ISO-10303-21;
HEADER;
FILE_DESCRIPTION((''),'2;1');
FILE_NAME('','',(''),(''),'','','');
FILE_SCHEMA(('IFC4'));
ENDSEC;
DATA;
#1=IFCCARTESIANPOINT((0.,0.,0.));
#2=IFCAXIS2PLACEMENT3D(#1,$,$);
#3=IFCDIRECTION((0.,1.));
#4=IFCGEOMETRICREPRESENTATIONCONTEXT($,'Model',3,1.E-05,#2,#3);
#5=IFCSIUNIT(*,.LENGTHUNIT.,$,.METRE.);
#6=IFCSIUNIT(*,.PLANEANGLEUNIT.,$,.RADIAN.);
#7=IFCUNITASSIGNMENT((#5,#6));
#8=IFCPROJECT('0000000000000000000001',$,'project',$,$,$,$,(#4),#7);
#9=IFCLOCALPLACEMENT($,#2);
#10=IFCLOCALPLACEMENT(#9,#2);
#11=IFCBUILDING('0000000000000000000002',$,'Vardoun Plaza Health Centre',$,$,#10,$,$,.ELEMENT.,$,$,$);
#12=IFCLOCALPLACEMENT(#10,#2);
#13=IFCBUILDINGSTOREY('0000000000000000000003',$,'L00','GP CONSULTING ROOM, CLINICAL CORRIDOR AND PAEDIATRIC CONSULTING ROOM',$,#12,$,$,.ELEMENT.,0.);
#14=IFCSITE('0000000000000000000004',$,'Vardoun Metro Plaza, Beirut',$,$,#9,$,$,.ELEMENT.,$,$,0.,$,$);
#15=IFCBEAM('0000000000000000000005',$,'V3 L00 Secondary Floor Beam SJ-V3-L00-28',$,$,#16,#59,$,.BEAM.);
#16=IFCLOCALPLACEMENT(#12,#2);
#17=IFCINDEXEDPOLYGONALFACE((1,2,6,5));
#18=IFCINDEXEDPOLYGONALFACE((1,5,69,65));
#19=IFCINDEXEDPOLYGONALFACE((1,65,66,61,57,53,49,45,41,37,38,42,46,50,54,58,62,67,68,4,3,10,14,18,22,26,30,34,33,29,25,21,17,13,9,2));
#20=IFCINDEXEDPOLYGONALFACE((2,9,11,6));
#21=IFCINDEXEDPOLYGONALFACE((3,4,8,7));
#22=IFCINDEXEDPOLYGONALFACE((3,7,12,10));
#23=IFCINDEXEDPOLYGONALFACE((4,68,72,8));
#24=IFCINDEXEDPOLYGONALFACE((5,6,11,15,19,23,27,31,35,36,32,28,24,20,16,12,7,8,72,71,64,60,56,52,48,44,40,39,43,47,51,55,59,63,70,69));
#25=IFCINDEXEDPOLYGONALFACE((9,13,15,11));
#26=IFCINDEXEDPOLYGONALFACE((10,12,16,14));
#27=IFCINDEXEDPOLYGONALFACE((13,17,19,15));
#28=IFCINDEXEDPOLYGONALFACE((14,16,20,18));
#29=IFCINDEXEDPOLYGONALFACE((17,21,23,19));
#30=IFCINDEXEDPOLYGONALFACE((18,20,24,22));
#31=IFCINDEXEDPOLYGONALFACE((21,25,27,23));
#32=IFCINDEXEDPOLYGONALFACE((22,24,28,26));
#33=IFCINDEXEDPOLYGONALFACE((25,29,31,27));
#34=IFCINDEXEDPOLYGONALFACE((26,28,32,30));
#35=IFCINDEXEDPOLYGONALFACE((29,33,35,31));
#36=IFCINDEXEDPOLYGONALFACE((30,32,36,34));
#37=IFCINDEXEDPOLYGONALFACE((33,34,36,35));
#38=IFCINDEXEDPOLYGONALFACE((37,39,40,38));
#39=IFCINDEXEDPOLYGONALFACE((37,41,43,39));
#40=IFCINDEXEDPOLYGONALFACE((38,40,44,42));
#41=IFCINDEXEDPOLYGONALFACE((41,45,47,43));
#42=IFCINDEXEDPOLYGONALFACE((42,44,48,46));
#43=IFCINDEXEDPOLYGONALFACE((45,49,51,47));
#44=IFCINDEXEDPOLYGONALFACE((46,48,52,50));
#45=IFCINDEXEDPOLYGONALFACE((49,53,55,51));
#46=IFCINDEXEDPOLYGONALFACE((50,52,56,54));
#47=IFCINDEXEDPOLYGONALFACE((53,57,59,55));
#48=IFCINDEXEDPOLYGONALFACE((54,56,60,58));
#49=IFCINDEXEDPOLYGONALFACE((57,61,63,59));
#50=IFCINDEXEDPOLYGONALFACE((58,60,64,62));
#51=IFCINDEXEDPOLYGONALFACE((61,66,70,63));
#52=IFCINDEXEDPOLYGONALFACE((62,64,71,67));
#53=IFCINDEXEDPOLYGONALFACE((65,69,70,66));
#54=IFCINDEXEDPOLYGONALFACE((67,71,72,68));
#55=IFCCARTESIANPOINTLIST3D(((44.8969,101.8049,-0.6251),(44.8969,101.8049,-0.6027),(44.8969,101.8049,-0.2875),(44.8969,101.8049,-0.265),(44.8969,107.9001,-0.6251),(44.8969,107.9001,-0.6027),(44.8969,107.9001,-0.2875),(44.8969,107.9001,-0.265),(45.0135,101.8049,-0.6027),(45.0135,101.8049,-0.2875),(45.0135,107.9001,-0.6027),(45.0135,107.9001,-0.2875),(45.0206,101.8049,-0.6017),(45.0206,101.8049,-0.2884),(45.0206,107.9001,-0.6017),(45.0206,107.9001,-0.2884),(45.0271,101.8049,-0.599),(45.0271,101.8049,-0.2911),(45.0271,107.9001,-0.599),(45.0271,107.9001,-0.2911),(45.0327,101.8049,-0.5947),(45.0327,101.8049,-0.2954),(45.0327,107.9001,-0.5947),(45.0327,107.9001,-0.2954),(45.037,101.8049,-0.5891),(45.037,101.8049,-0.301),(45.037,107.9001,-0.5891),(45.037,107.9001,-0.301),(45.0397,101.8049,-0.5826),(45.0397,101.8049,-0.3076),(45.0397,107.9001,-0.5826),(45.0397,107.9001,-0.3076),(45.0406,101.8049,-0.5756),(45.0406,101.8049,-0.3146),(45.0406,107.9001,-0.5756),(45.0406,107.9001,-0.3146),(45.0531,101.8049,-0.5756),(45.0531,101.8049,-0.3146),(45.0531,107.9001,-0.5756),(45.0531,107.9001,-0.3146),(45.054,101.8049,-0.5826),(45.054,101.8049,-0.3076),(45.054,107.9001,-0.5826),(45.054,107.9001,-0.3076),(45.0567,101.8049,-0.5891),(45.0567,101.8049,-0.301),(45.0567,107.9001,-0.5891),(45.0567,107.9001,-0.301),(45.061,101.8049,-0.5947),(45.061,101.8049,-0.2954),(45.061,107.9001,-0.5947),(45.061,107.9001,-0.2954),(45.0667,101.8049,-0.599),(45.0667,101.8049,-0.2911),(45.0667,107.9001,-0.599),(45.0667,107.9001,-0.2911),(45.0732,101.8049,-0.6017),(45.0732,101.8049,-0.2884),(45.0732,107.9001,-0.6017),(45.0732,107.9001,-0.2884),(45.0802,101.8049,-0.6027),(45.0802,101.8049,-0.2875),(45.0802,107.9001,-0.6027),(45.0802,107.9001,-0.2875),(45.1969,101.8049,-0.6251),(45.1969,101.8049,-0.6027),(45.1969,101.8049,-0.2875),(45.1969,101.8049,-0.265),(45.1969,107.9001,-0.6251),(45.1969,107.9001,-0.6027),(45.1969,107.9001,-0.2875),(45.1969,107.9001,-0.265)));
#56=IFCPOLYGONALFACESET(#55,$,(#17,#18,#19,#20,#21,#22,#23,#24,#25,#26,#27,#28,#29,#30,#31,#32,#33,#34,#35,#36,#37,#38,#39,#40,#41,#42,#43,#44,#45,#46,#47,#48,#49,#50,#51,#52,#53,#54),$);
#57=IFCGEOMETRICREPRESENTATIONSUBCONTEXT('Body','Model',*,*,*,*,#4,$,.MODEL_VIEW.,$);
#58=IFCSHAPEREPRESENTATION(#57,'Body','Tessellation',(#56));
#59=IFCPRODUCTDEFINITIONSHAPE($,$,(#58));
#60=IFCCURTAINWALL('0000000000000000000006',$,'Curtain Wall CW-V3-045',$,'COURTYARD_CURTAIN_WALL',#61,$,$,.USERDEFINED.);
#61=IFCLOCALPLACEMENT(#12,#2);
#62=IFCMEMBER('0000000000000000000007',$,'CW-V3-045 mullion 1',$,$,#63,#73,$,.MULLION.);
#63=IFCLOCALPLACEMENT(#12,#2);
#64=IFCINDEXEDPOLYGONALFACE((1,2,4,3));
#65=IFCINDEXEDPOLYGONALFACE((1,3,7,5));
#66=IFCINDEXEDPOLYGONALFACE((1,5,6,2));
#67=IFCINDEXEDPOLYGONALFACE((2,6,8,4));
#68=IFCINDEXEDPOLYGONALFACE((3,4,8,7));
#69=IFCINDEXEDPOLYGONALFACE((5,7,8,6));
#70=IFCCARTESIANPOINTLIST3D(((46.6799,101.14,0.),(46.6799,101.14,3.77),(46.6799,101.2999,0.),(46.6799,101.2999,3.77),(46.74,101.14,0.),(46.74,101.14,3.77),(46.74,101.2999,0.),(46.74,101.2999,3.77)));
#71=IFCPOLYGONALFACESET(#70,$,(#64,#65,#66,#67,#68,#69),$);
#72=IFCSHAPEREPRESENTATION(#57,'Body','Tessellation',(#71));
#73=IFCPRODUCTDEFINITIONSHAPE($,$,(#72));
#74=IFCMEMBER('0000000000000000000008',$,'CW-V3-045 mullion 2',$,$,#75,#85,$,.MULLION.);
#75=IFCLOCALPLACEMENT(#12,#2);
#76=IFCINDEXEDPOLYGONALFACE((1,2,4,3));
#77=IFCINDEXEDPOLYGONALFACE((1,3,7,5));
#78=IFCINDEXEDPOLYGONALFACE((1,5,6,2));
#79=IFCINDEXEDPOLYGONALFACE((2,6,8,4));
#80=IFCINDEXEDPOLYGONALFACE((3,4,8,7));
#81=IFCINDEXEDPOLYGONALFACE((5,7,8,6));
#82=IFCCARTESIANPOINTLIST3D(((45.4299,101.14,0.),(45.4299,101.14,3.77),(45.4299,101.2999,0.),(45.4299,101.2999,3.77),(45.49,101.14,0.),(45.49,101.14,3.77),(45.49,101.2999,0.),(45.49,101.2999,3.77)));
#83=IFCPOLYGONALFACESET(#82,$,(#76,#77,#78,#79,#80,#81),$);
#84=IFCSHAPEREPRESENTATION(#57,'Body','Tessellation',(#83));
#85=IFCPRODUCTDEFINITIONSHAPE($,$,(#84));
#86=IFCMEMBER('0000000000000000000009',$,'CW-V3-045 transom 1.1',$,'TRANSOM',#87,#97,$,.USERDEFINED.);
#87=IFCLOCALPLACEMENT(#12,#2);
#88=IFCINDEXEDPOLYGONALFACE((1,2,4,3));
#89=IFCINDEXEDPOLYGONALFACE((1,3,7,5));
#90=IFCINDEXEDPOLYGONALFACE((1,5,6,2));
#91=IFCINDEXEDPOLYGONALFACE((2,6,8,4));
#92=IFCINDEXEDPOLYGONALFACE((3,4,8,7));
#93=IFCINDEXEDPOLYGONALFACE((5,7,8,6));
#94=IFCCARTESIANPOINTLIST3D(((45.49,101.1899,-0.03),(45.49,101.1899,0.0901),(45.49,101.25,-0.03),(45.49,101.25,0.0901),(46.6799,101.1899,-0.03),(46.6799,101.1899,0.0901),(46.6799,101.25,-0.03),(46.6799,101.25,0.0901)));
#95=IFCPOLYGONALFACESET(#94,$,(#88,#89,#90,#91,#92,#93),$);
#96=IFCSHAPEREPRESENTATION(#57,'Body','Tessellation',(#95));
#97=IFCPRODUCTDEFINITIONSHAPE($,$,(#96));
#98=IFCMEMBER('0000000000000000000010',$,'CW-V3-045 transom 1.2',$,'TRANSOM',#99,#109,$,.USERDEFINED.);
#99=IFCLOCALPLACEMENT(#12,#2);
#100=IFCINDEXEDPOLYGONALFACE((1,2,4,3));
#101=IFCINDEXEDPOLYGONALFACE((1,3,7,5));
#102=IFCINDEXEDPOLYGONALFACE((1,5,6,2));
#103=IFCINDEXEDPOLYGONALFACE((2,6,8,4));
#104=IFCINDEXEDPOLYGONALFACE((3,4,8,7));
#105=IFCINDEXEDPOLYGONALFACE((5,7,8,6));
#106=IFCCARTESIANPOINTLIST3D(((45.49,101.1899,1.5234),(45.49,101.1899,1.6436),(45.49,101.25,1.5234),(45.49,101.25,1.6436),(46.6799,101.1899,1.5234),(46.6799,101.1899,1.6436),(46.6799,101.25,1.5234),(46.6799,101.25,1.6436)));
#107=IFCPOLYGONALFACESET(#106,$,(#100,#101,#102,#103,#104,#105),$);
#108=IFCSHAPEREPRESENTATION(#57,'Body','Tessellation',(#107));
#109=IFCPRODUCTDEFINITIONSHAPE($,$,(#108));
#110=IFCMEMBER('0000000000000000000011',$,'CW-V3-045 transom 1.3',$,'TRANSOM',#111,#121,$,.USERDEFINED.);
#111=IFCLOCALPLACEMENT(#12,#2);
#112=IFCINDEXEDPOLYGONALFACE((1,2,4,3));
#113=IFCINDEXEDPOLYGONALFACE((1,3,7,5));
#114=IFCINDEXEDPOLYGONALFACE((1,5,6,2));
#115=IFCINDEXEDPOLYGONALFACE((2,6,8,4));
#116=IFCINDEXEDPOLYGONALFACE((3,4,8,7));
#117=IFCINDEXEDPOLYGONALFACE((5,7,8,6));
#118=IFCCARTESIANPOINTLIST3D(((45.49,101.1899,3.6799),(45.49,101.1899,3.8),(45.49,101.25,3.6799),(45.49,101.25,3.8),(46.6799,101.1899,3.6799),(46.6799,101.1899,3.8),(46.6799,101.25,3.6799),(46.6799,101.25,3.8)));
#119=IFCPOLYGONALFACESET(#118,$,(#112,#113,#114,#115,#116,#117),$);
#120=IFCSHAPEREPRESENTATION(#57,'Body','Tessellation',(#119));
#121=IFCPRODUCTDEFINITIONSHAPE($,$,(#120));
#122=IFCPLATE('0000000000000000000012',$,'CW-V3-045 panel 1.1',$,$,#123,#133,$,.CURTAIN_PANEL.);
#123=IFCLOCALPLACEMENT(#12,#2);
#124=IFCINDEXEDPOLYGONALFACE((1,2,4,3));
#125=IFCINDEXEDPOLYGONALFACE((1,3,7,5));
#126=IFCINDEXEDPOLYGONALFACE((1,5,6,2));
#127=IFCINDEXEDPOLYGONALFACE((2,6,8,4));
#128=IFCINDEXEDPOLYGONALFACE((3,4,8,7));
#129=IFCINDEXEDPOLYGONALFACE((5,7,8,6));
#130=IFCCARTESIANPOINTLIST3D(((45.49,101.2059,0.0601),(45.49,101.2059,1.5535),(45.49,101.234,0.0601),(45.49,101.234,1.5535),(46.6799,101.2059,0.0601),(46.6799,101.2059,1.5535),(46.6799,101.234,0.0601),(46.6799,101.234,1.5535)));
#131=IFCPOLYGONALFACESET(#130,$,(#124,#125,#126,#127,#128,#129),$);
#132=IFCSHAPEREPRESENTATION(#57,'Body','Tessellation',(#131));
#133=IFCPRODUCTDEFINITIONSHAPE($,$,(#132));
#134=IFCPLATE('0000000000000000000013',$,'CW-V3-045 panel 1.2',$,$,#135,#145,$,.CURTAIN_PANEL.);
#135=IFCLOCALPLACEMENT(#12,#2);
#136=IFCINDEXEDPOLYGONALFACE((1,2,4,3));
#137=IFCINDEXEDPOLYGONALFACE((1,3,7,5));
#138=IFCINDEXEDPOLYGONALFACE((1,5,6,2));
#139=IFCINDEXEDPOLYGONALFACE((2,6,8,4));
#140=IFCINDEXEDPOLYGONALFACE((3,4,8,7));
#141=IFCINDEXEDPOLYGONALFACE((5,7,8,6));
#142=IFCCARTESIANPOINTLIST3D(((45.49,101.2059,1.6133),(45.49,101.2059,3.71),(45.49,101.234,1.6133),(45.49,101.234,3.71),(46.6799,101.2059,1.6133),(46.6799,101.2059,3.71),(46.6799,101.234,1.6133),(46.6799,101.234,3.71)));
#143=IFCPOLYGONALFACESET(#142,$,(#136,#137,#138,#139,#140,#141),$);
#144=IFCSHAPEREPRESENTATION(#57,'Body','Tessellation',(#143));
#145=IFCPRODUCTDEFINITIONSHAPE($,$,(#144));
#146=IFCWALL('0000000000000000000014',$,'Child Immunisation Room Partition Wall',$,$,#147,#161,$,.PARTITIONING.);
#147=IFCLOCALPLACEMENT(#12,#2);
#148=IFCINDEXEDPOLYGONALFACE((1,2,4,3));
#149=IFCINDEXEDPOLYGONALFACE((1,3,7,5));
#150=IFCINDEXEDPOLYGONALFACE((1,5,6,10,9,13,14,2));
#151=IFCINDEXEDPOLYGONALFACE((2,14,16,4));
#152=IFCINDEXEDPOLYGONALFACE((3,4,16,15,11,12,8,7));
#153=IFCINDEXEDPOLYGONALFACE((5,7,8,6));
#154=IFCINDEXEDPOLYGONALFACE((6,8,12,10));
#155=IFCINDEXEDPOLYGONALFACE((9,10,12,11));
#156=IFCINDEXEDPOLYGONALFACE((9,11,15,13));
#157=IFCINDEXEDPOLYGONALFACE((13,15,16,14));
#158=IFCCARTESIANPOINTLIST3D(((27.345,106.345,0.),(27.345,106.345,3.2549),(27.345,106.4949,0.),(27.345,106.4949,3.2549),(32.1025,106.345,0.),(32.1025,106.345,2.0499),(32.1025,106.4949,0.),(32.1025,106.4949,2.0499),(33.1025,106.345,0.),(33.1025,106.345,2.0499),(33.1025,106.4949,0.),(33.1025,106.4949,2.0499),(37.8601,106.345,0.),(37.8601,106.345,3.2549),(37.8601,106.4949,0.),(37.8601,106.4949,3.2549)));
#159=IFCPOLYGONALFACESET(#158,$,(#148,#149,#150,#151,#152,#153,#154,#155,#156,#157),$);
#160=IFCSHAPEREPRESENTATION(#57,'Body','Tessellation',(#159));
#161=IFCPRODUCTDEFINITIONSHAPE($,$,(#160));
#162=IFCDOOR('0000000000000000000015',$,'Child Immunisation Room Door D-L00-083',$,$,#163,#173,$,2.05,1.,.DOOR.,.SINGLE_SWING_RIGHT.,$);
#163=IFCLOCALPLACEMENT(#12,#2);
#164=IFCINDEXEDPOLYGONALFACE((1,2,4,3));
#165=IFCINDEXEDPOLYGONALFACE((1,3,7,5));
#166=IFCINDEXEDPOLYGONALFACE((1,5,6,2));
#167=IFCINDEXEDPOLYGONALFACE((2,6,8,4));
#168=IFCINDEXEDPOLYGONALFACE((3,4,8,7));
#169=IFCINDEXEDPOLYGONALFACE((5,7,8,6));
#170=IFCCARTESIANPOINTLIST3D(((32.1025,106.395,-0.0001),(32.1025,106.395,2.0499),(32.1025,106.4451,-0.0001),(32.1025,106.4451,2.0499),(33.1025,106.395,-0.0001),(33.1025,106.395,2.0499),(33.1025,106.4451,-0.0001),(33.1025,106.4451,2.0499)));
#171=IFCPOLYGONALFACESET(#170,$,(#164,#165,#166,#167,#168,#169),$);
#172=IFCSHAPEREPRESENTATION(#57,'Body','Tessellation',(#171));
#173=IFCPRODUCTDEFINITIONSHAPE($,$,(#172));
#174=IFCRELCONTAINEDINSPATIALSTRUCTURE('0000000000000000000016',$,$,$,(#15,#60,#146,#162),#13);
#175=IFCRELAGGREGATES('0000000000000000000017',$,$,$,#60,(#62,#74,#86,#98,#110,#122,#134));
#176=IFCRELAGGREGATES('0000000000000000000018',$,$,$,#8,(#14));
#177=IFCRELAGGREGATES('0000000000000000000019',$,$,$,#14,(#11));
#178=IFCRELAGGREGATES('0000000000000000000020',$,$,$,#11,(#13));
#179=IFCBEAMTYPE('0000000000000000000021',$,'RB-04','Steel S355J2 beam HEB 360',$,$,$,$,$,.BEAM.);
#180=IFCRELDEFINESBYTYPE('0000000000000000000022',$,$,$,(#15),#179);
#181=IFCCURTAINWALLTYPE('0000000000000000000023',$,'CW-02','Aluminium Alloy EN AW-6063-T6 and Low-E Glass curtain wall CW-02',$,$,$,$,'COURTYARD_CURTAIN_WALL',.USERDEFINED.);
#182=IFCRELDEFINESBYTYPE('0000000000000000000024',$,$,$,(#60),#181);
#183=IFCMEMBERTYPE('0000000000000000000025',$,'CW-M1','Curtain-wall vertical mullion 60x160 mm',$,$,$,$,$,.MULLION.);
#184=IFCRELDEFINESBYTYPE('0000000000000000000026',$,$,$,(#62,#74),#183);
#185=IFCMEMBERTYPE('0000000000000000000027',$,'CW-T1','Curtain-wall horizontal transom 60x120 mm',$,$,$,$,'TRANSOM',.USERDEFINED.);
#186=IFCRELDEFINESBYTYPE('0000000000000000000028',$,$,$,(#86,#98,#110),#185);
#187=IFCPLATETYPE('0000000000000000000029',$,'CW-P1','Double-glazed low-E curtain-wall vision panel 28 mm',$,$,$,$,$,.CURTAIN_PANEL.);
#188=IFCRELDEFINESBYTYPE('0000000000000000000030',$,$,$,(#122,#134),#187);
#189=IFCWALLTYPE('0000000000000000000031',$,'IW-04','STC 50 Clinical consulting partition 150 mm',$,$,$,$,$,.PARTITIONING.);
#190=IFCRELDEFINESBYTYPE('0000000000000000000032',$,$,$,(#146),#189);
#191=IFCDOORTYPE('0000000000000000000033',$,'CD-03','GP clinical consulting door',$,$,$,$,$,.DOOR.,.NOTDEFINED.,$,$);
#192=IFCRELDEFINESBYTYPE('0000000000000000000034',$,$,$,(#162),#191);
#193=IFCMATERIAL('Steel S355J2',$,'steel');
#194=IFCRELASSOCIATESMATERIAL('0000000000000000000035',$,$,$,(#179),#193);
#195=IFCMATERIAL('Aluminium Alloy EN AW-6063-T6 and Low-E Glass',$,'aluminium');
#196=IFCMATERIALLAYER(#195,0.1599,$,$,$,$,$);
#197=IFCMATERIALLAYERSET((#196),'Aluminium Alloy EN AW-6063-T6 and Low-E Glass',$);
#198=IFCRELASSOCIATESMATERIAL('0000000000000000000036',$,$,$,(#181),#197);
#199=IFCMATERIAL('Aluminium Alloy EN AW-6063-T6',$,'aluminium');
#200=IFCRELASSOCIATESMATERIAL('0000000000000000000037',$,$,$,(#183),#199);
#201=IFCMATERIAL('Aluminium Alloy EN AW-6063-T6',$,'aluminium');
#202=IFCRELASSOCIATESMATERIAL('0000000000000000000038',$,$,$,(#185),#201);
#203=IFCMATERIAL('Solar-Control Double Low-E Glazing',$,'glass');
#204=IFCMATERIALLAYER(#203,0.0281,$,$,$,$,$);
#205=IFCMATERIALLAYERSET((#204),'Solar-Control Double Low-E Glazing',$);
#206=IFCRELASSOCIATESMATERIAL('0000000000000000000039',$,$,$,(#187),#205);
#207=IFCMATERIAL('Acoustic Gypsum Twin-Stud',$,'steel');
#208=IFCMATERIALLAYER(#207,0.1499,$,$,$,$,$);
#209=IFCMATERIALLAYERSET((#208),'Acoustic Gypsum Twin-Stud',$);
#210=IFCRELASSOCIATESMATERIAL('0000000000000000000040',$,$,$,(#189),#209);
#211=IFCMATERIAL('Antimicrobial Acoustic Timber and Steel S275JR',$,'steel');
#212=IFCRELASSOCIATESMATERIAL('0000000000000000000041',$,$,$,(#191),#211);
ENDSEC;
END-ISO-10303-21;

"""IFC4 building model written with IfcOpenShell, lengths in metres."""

from ifc_helpers import new_model, si_unit, direction, frame, frame_2d, origin, origin_2d, place, context, subcontext, project, spatial, rectangle, i_section, extrude, material, layer, layer_set, material_profile, profile_set, type_object, element, fill, aggregate, save


model = new_model("IFC4")

# Units and contexts
model_context = context("Model", 3, precision=1e-05, world=origin(), true_north=direction((0.0, 1.0)))
body_context = subcontext(model_context, "Body", "Model", "MODEL_VIEW")
ifc_project = project(units=[si_unit("LENGTHUNIT", "METRE"), si_unit("PLANEANGLEUNIT", "RADIAN")], contexts=[model_context])

# Site, building, storey
site_placement = place(None, origin())
site = spatial("IfcSite", under=ifc_project, at=site_placement, Name="Vardoun Metro Plaza, Beirut", CompositionType="ELEMENT", RefElevation=0.0)
building_placement = place(site_placement, origin())
building = spatial("IfcBuilding", under=site, at=building_placement, Name="Vardoun Plaza Health Centre", CompositionType="ELEMENT")
storey_placement = place(building_placement, origin())
storey = spatial("IfcBuildingStorey", under=building, at=storey_placement, Name="L00", Description="GP CONSULTING ROOM, CLINICAL CORRIDOR AND PAEDIATRIC CONSULTING ROOM", CompositionType="ELEMENT", Elevation=0.0)

# Beam
ifc_material_1 = material(Name="Steel S355J2", Category="steel")
ifc_material_profile_1 = material_profile(ifc_material_1, i_section(OverallWidth=0.3, OverallDepth=0.3601, WebThickness=0.0125, FlangeThickness=0.0225, FilletRadius=0.0271, at=origin_2d()), Name="HEB 360")
ifc_profile_set_1 = profile_set([ifc_material_profile_1], Name="Steel S355J2")
beam_type_1 = type_object("IfcBeamType", Name="RB-04", Description="Steel S355J2 beam HEB 360", PredefinedType="BEAM", material=ifc_profile_set_1)
beam_1_placement = place(storey_placement, frame((45.0469, 101.8049, -0.4451), z_axis=(0.0, 1.0, 0.0), x_axis=(-1.0, 0.0, 0.0)))
element("IfcBeam", 1, at=beam_1_placement, inside=storey, type_object=beam_type_1, Name="V3 L00 Secondary Floor Beam SJ-V3-L00-28", PredefinedType="BEAM", context=body_context, shape_type="SweptSolid", body=[
    extrude(i_section(OverallWidth=0.3, OverallDepth=0.3601, WebThickness=0.0125, FlangeThickness=0.0225, FilletRadius=0.0271, at=origin_2d()), origin(), (0.0, 0.0, 1.0), 6.0952),
])

# Curtain wall, members, plates
ifc_material_2 = material(Name="Aluminium Alloy EN AW-6063-T6 and Low-E Glass", Category="aluminium")
ifc_layer_1 = layer(ifc_material_2, 0.1599)
ifc_layer_set_1 = layer_set([ifc_layer_1], Name="Aluminium Alloy EN AW-6063-T6 and Low-E Glass")
curtain_wall_type = type_object("IfcCurtainWallType", Name="CW-02", Description="Aluminium Alloy EN AW-6063-T6 and Low-E Glass curtain wall CW-02", ElementType="COURTYARD_CURTAIN_WALL", PredefinedType="USERDEFINED", material=ifc_layer_set_1)
curtain_wall_placement = place(storey_placement, origin())
curtain_wall = element("IfcCurtainWall", 2, at=curtain_wall_placement, inside=storey, type_object=curtain_wall_type, Name="Curtain Wall CW-V3-045", ObjectType="COURTYARD_CURTAIN_WALL", PredefinedType="USERDEFINED")
ifc_material_3 = material(Name="Aluminium Alloy EN AW-6063-T6", Category="aluminium")
ifc_material_profile_2 = material_profile(ifc_material_3, rectangle(XDim=0.1599, YDim=0.0601, at=origin_2d()), Name="CWM 60x160")
ifc_profile_set_2 = profile_set([ifc_material_profile_2], Name="Aluminium Alloy EN AW-6063-T6")
member_type_1 = type_object("IfcMemberType", Name="CW-M1", Description="Curtain-wall vertical mullion 60x160 mm", PredefinedType="MULLION", material=ifc_profile_set_2)
member_1_placement = place(storey_placement, frame((46.71, 101.22, 0.0), z_axis=(0.0, 0.0, 1.0), x_axis=(0.0, -1.0, 0.0)))
member_1 = element("IfcMember", 3, at=member_1_placement, type_object=member_type_1, Name="CW-V3-045 mullion 1", PredefinedType="MULLION", context=body_context, shape_type="SweptSolid", body=[
    extrude(rectangle(XDim=0.1599, YDim=0.0601, at=origin_2d()), origin(), (0.0, 0.0, 1.0), 3.77),
])
member_2_placement = place(storey_placement, frame((45.46, 101.22, 0.0), z_axis=(0.0, 0.0, 1.0), x_axis=(0.0, -1.0, 0.0)))
member_2 = element("IfcMember", 4, at=member_2_placement, type_object=member_type_1, Name="CW-V3-045 mullion 2", PredefinedType="MULLION", context=body_context, shape_type="SweptSolid", body=[
    extrude(rectangle(XDim=0.1599, YDim=0.0601, at=origin_2d()), origin(), (0.0, 0.0, 1.0), 3.77),
])
ifc_material_4 = material(Name="Aluminium Alloy EN AW-6063-T6", Category="aluminium")
ifc_material_profile_3 = material_profile(ifc_material_4, rectangle(XDim=0.0601, YDim=0.1201, at=origin_2d()), Name="CWT 60x120")
ifc_profile_set_3 = profile_set([ifc_material_profile_3], Name="Aluminium Alloy EN AW-6063-T6")
member_type_2 = type_object("IfcMemberType", Name="CW-T1", Description="Curtain-wall horizontal transom 60x120 mm", ElementType="TRANSOM", PredefinedType="USERDEFINED", material=ifc_profile_set_3)
member_3_placement = place(storey_placement, frame((46.6799, 101.22, 0.03), z_axis=(-1.0, 0.0, 0.0), x_axis=(0.0, -1.0, 0.0)))
member_3 = element("IfcMember", 5, at=member_3_placement, type_object=member_type_2, Name="CW-V3-045 transom 1.1", ObjectType="TRANSOM", PredefinedType="USERDEFINED", context=body_context, shape_type="SweptSolid", body=[
    extrude(rectangle(XDim=0.0601, YDim=0.1201, at=origin_2d()), origin(), (0.0, 0.0, 1.0), 1.1899),
])
member_4_placement = place(storey_placement, frame((46.6799, 101.22, 1.5835), z_axis=(-1.0, 0.0, 0.0), x_axis=(0.0, -1.0, 0.0)))
member_4 = element("IfcMember", 6, at=member_4_placement, type_object=member_type_2, Name="CW-V3-045 transom 1.2", ObjectType="TRANSOM", PredefinedType="USERDEFINED", context=body_context, shape_type="SweptSolid", body=[
    extrude(rectangle(XDim=0.0601, YDim=0.1201, at=origin_2d()), origin(), (0.0, 0.0, 1.0), 1.1899),
])
member_5_placement = place(storey_placement, frame((46.6799, 101.22, 3.74), z_axis=(-1.0, 0.0, 0.0), x_axis=(0.0, -1.0, 0.0)))
member_5 = element("IfcMember", 7, at=member_5_placement, type_object=member_type_2, Name="CW-V3-045 transom 1.3", ObjectType="TRANSOM", PredefinedType="USERDEFINED", context=body_context, shape_type="SweptSolid", body=[
    extrude(rectangle(XDim=0.0601, YDim=0.1201, at=origin_2d()), origin(), (0.0, 0.0, 1.0), 1.1899),
])
ifc_material_5 = material(Name="Solar-Control Double Low-E Glazing", Category="glass")
ifc_layer_2 = layer(ifc_material_5, 0.0281)
ifc_layer_set_2 = layer_set([ifc_layer_2], Name="Solar-Control Double Low-E Glazing")
plate_type = type_object("IfcPlateType", Name="CW-P1", Description="Double-glazed low-E curtain-wall vision panel 28 mm", PredefinedType="CURTAIN_PANEL", material=ifc_layer_set_2)
plate_1_placement = place(storey_placement, frame((46.085, 101.22, 0.0601), z_axis=(0.0, 0.0, 1.0), x_axis=(-1.0, 0.0, 0.0)))
plate_1 = element("IfcPlate", 8, at=plate_1_placement, type_object=plate_type, Name="CW-V3-045 panel 1.1", PredefinedType="CURTAIN_PANEL", context=body_context, shape_type="SweptSolid", body=[
    extrude(rectangle(XDim=1.1899, YDim=0.0281, at=origin_2d()), origin(), (0.0, 0.0, 1.0), 1.4934),
])
plate_2_placement = place(storey_placement, frame((46.085, 101.22, 1.6133), z_axis=(0.0, 0.0, 1.0), x_axis=(-1.0, 0.0, 0.0)))
plate_2 = element("IfcPlate", 9, at=plate_2_placement, type_object=plate_type, Name="CW-V3-045 panel 1.2", PredefinedType="CURTAIN_PANEL", context=body_context, shape_type="SweptSolid", body=[
    extrude(rectangle(XDim=1.1899, YDim=0.0281, at=origin_2d()), origin(), (0.0, 0.0, 1.0), 2.0967),
])
aggregate(curtain_wall, [member_1, member_2, member_3, member_4, member_5, plate_1, plate_2])

# Wall, opening, door
ifc_material_6 = material(Name="Acoustic Gypsum Twin-Stud", Category="steel")
ifc_layer_3 = layer(ifc_material_6, 0.1499)
ifc_layer_set_3 = layer_set([ifc_layer_3], Name="Acoustic Gypsum Twin-Stud")
wall_type_1 = type_object("IfcWallType", Name="IW-04", Description="STC 50 Clinical consulting partition 150 mm", PredefinedType="PARTITIONING", material=ifc_layer_set_3)
wall_1_placement = place(storey_placement, frame((37.8601, 106.4199, 0.0), z_axis=(0.0, 0.0, 1.0), x_axis=(-1.0, 0.0, 0.0)))
wall_1 = element("IfcWall", 10, at=wall_1_placement, inside=storey, type_object=wall_type_1, Name="Child Immunisation Room Partition Wall", PredefinedType="PARTITIONING", context=body_context, shape_type="SweptSolid", body=[
    extrude(rectangle(XDim=10.5151, YDim=0.1499, at=frame_2d((5.2576, 0.0))), origin(), (0.0, 0.0, 1.0), 3.2549),
])
opening_1_placement = place(wall_1_placement, frame((4.7576, 0.0, 0.0)))
opening_1 = element("IfcOpeningElement", 11, at=opening_1_placement, cuts=wall_1, PredefinedType="OPENING", context=body_context, shape_type="SweptSolid", body=[
    extrude(rectangle(XDim=1.0, YDim=2.05, at=frame_2d((0.5, 1.0249))), frame((0.0, 0.075, 0.0), z_axis=(0.0, -1.0, 0.0), x_axis=(1.0, 0.0, 0.0)), (0.0, 0.0, 1.0), 0.1499),
])
ifc_material_7 = material(Name="Antimicrobial Acoustic Timber and Steel S275JR", Category="steel")
door_type = type_object("IfcDoorType", Name="CD-03", Description="GP clinical consulting door", OperationType="NOTDEFINED", PredefinedType="DOOR", material=ifc_material_7)
door_1_placement = place(opening_1_placement, origin())
door_1 = element("IfcDoor", 12, at=door_1_placement, inside=storey, type_object=door_type, Name="Child Immunisation Room Door D-L00-083", OperationType="SINGLE_SWING_RIGHT", OverallHeight=2.05, OverallWidth=1.0, PredefinedType="DOOR", context=body_context, shape_type="SweptSolid", body=[
    extrude(rectangle(XDim=1.0, YDim=2.05, at=frame_2d((0.5, 1.0249))), frame((0.0, 0.0249, 0.0), z_axis=(0.0, -1.0, 0.0), x_axis=(1.0, 0.0, 0.0)), (0.0, 0.0, 1.0), 0.05),
])
fill(opening_1, door_1)

save(model, "model.ifc")
